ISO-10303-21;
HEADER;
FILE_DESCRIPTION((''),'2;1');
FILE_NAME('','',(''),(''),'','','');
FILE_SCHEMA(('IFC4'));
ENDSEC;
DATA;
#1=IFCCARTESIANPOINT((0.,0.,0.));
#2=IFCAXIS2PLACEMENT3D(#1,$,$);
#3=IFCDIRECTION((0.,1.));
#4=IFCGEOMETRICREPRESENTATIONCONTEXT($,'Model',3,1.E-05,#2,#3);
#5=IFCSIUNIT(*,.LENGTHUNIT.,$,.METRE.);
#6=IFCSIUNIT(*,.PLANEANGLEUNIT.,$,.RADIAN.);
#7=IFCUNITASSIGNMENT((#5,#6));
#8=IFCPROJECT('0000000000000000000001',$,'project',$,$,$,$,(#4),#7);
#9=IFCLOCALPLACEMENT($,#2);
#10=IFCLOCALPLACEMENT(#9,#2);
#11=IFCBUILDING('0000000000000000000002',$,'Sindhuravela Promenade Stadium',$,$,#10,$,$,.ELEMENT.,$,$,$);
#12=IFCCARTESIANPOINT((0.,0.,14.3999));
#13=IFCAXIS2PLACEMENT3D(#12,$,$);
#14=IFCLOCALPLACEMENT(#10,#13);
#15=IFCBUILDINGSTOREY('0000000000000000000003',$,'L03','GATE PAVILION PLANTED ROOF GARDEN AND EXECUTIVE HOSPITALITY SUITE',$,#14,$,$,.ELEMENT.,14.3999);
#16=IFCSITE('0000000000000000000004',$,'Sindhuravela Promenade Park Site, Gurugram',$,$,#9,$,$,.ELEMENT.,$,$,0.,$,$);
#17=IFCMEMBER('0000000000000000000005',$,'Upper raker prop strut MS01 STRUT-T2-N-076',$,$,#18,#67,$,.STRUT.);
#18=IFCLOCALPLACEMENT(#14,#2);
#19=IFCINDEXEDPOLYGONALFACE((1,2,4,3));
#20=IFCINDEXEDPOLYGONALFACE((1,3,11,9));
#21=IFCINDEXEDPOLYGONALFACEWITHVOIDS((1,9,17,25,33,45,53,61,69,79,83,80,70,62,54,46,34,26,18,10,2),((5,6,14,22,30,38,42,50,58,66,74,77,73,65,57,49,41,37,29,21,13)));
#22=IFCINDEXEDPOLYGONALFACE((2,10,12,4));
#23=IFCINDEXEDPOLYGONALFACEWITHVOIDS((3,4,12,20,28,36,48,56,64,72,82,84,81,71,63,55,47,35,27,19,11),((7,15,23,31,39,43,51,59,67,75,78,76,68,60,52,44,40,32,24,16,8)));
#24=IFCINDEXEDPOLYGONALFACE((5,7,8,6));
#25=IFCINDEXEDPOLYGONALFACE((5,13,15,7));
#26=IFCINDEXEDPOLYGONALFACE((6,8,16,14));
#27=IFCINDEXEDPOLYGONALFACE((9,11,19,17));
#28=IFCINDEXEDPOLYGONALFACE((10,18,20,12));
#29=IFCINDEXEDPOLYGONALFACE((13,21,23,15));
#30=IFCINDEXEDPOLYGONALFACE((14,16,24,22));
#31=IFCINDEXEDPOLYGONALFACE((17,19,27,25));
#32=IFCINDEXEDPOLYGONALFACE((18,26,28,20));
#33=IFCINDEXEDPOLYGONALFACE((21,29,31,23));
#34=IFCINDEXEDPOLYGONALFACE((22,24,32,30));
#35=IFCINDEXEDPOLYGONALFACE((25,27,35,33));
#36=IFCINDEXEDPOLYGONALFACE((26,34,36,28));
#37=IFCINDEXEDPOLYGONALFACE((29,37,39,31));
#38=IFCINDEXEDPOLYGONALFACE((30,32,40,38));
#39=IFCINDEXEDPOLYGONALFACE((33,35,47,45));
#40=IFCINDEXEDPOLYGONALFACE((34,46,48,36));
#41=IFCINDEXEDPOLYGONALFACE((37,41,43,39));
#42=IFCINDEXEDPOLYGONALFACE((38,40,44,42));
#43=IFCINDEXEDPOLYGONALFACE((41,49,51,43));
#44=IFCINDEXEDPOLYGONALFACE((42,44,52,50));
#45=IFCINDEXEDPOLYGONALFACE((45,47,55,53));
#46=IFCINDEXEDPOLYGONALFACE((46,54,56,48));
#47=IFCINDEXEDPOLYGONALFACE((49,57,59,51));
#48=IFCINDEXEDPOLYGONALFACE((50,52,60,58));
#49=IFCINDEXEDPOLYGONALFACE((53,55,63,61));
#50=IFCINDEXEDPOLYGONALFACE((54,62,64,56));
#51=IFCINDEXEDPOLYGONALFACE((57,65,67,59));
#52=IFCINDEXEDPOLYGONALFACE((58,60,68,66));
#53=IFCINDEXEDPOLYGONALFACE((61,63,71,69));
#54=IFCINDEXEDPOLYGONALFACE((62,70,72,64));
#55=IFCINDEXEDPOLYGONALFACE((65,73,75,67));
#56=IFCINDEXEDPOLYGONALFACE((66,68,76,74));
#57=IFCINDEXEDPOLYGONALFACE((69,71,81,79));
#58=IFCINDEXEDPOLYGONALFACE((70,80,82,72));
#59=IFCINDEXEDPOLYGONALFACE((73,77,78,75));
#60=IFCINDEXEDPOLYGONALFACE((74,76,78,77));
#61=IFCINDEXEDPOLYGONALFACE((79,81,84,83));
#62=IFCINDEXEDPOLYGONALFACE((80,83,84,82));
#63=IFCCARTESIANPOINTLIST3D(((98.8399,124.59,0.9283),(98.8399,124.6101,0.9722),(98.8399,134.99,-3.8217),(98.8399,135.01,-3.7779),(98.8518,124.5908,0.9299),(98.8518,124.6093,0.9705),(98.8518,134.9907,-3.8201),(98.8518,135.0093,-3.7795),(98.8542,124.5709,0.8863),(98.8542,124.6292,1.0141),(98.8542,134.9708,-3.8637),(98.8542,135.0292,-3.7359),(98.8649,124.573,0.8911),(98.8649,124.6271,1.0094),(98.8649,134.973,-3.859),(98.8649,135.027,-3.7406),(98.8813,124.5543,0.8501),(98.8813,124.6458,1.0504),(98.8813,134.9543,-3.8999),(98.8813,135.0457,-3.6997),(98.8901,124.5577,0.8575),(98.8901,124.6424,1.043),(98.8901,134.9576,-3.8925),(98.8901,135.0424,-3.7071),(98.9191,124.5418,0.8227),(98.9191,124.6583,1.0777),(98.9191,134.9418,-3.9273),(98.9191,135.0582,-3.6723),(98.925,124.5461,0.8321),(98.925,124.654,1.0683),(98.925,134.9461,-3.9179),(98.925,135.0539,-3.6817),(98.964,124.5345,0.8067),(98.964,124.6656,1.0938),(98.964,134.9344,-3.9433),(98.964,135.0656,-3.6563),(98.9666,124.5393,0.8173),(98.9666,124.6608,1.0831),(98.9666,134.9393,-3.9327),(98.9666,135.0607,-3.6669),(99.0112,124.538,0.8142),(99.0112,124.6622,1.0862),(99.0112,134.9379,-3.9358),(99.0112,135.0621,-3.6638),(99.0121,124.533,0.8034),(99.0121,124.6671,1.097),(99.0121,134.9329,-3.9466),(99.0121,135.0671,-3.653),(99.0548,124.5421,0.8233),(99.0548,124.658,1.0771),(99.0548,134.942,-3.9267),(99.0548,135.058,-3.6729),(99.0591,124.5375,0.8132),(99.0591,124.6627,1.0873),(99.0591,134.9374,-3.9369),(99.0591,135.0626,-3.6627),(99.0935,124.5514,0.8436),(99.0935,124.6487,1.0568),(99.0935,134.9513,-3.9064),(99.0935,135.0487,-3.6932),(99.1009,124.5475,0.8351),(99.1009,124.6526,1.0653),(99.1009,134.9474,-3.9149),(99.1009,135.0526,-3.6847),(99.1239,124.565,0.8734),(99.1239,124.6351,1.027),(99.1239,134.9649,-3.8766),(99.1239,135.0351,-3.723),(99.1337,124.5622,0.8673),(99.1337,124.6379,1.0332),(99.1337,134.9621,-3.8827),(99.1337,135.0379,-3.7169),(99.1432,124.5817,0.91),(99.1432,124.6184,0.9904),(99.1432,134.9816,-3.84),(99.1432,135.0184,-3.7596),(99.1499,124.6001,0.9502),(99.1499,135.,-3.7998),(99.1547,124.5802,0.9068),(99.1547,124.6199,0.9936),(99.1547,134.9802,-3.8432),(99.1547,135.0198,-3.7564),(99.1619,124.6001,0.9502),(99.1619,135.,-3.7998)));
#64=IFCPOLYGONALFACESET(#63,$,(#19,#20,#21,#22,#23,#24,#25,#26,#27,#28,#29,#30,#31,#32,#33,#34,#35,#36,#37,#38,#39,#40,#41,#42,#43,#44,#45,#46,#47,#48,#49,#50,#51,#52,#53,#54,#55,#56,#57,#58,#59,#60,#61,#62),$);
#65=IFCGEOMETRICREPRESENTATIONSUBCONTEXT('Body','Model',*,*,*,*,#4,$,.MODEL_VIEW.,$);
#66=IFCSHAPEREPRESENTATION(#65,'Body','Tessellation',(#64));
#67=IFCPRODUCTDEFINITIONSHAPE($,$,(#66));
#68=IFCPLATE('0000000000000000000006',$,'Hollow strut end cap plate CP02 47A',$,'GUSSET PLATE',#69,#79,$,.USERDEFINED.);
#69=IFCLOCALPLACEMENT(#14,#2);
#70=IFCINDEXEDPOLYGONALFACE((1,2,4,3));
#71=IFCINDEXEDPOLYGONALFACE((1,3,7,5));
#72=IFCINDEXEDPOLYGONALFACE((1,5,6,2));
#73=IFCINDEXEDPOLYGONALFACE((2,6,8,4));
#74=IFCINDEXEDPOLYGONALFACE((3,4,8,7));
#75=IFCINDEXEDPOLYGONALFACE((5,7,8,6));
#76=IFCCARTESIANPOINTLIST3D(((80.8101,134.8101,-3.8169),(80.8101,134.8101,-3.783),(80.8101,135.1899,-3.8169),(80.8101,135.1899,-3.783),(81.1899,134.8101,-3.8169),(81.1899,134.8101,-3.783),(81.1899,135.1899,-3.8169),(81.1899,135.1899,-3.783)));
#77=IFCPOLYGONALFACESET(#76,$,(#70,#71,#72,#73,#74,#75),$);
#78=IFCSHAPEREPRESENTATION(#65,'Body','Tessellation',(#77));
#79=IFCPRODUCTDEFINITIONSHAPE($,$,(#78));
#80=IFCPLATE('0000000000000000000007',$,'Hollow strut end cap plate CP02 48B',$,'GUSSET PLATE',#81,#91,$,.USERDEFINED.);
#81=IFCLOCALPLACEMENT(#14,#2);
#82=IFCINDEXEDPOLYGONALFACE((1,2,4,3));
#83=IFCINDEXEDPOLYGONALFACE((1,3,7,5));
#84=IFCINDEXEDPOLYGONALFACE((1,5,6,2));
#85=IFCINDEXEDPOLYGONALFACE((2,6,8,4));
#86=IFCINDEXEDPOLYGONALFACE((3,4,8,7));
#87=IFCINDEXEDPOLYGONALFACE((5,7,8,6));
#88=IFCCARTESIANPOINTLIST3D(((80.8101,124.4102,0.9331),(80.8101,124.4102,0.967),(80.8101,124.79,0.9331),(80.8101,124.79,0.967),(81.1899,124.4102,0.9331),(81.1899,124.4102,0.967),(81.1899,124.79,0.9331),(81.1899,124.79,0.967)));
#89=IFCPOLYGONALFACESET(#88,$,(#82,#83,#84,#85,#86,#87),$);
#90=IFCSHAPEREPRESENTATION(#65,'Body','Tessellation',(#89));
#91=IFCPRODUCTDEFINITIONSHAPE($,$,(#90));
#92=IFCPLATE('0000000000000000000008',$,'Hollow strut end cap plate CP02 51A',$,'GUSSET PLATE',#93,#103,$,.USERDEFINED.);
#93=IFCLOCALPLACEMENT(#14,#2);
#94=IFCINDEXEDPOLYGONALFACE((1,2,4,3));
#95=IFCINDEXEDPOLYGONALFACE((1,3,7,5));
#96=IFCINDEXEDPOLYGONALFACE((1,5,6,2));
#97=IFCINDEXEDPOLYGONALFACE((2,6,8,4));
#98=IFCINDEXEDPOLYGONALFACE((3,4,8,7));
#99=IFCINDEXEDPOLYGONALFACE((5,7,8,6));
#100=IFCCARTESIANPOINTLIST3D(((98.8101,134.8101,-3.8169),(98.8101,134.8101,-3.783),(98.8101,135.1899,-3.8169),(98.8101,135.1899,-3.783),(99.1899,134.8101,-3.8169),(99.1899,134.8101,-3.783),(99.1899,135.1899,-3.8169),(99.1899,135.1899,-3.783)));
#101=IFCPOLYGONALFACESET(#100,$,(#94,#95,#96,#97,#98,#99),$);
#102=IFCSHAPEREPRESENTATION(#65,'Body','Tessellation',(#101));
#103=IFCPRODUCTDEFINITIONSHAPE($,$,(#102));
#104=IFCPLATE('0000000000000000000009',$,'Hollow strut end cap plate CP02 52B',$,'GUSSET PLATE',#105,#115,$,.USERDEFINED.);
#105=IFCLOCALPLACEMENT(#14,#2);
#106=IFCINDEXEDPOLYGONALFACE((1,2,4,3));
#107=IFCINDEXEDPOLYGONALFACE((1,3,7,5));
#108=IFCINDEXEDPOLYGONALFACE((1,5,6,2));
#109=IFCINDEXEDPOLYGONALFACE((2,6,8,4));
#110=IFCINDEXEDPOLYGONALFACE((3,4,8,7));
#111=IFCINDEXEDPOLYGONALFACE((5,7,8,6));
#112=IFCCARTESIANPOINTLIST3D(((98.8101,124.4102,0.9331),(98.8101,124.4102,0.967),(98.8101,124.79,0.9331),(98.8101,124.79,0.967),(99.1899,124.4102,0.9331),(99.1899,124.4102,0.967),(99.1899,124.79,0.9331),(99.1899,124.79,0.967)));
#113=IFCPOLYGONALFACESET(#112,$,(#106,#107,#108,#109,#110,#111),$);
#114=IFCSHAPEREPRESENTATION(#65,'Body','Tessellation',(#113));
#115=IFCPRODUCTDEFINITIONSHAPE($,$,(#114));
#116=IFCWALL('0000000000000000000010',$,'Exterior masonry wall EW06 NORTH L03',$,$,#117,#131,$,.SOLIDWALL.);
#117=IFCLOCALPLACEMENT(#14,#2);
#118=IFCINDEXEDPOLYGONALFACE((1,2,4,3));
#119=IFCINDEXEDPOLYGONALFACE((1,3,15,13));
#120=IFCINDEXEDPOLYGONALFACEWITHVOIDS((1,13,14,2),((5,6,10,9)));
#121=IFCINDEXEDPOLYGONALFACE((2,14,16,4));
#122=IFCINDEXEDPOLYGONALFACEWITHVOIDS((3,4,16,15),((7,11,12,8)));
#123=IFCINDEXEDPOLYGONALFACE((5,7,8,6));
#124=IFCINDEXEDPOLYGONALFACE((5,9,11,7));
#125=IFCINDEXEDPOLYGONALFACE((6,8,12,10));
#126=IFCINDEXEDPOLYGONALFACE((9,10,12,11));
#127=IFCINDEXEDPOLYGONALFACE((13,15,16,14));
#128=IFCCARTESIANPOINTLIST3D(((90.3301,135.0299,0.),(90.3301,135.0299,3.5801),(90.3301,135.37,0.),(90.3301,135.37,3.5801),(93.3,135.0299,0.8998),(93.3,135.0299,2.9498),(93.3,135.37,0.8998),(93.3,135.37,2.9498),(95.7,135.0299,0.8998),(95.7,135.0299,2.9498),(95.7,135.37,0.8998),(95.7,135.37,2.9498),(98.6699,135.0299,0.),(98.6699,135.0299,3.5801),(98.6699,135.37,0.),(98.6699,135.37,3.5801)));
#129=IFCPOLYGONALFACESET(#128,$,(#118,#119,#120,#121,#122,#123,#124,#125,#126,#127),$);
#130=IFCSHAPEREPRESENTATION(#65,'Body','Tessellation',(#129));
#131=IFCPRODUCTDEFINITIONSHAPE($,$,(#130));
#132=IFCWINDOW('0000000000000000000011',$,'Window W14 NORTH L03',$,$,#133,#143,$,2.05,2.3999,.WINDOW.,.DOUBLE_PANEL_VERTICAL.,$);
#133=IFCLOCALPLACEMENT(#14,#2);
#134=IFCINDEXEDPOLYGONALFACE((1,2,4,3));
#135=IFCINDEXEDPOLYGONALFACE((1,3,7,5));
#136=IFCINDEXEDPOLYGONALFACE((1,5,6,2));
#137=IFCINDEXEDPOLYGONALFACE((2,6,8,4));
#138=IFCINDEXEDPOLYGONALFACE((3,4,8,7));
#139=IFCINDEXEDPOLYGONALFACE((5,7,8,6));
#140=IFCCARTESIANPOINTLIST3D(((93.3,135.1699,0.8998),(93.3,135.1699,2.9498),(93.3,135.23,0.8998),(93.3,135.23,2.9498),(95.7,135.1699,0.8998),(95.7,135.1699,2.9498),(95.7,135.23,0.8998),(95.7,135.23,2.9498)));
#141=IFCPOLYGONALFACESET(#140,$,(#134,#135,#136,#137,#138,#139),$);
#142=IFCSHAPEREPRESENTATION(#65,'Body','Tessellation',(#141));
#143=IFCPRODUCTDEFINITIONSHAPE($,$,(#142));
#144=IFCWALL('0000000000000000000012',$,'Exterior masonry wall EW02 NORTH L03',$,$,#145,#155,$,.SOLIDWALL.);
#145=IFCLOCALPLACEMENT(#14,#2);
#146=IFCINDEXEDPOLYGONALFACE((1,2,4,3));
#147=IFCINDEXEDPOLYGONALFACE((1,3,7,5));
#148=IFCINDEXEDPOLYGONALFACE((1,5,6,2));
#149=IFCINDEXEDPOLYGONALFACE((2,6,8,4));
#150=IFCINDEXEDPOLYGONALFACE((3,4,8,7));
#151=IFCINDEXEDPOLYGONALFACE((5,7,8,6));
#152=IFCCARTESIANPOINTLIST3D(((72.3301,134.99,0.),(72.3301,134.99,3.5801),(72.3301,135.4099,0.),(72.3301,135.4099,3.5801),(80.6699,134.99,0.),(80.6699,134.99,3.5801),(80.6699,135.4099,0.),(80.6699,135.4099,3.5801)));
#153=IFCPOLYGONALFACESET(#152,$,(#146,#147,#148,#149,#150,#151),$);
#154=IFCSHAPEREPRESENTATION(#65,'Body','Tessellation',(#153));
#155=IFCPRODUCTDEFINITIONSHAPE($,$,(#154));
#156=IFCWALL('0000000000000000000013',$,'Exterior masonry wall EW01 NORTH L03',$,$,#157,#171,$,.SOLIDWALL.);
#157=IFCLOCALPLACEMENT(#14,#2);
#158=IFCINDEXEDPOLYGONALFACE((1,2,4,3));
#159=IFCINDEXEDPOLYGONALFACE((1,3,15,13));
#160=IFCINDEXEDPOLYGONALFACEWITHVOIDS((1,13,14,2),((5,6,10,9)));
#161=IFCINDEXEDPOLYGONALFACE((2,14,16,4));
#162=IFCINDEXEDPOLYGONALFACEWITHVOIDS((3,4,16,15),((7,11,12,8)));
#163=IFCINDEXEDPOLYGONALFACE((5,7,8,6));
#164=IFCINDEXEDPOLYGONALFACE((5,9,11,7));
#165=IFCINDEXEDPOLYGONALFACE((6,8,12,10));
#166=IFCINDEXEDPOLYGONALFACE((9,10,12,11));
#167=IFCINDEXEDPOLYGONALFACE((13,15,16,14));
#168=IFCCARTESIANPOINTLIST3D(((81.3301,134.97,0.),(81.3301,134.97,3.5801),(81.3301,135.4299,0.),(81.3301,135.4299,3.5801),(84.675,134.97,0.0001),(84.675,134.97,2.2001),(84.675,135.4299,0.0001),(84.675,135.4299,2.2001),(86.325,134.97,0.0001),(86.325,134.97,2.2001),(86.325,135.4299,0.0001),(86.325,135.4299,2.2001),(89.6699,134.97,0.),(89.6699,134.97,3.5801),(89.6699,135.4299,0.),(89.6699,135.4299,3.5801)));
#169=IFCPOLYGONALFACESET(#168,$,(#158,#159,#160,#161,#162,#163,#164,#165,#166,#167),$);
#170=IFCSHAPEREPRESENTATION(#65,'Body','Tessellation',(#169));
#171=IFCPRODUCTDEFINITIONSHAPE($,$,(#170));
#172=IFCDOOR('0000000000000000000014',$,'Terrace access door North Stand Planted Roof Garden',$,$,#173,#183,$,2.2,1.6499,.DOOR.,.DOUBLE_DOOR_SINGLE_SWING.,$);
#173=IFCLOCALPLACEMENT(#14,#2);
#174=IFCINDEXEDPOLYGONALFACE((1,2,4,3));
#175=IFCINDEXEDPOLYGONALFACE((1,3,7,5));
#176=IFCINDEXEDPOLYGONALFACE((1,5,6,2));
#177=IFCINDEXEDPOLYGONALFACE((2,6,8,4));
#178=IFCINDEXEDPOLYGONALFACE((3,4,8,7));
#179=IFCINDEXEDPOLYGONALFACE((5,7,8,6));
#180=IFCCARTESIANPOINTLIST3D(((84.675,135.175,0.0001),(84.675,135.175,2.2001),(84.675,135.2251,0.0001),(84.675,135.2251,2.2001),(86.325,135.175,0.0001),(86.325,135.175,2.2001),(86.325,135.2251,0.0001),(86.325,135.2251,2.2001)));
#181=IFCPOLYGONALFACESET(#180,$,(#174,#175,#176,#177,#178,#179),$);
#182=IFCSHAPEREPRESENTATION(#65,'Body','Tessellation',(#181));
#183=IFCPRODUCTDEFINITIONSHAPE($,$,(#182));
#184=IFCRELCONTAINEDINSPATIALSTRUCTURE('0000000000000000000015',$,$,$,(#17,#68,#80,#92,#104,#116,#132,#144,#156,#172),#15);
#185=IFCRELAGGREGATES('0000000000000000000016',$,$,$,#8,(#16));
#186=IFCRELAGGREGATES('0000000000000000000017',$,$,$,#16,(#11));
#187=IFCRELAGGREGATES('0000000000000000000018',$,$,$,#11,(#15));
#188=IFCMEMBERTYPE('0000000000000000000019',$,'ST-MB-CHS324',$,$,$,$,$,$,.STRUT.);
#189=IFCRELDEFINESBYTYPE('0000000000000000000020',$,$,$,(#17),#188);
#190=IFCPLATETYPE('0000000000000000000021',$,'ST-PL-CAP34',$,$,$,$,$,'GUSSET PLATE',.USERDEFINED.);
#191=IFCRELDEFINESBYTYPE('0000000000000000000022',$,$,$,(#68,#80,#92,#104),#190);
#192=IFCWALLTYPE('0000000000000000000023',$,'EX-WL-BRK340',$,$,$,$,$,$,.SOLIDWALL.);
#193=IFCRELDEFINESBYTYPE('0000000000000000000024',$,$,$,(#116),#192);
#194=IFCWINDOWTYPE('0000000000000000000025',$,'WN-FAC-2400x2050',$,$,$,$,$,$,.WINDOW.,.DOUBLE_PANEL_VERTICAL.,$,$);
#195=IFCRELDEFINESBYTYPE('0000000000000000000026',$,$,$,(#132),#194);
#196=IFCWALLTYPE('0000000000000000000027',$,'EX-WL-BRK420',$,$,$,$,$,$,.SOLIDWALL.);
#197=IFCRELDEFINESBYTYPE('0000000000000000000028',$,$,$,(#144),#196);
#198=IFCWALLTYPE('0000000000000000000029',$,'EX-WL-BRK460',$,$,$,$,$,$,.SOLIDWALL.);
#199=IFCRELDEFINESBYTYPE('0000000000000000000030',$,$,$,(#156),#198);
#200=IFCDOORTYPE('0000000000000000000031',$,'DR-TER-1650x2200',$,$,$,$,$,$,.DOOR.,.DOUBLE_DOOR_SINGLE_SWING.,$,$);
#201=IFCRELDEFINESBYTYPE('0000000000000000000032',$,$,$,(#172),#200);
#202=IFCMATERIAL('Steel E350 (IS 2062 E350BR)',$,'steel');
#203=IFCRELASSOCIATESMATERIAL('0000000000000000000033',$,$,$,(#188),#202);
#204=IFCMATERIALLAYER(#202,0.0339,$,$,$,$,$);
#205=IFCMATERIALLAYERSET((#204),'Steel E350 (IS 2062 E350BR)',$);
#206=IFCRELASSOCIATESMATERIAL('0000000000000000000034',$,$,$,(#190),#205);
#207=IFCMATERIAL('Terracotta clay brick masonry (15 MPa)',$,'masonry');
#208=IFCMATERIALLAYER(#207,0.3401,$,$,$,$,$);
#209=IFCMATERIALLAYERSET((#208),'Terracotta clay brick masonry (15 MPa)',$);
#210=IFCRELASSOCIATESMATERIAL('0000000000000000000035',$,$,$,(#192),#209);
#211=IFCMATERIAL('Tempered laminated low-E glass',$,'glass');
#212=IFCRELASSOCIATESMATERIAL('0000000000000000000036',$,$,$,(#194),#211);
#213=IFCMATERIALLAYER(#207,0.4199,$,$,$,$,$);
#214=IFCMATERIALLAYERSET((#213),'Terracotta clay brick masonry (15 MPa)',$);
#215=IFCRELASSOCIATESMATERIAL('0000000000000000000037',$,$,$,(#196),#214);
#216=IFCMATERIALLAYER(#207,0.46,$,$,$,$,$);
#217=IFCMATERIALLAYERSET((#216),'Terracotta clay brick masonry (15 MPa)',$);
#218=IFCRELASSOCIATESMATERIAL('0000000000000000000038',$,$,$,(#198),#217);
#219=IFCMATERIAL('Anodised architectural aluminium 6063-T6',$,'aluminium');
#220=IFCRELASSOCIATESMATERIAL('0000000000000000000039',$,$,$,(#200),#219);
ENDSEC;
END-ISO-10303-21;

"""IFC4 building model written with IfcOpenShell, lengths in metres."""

from ifc_helpers import new_model, si_unit, direction, frame, frame_2d, origin, origin_2d, place, context, subcontext, project, spatial, rectangle, hollow_circle, extrude, material, layer, layer_set, material_profile, profile_set, type_object, element, fill, save


model = new_model("IFC4")

# Units and contexts
model_context = context("Model", 3, precision=1e-05, world=origin(), true_north=direction((0.0, 1.0)))
body_context = subcontext(model_context, "Body", "Model", "MODEL_VIEW")
ifc_project = project(units=[si_unit("LENGTHUNIT", "METRE"), si_unit("PLANEANGLEUNIT", "RADIAN")], contexts=[model_context])

# Site, building, storey
site_placement = place(None, origin())
site = spatial("IfcSite", under=ifc_project, at=site_placement, Name="Sindhuravela Promenade Park Site, Gurugram", CompositionType="ELEMENT", RefElevation=0.0)
building_placement = place(site_placement, origin())
building = spatial("IfcBuilding", under=site, at=building_placement, Name="Sindhuravela Promenade Stadium", CompositionType="ELEMENT")
storey_placement = place(building_placement, frame((0.0, 0.0, 14.3999)))
storey = spatial("IfcBuildingStorey", under=building, at=storey_placement, Name="L03", Description="GATE PAVILION PLANTED ROOF GARDEN AND EXECUTIVE HOSPITALITY SUITE", CompositionType="ELEMENT", Elevation=14.3999)

# Shared definitions
ifc_material_1 = material(Name="Steel E350 (IS 2062 E350BR)", Category="steel")

# Member
ifc_material_profile_1 = material_profile(ifc_material_1, hollow_circle(Radius=0.1619, WallThickness=0.012, at=origin_2d()), Name="CHS 323.9x12")
ifc_profile_set_1 = profile_set([ifc_material_profile_1], Name="Steel E350 (IS 2062 E350BR)")
member_type = type_object("IfcMemberType", Name="ST-MB-CHS324", PredefinedType="STRUT", material=ifc_profile_set_1)
for number, where, z_axis, x_axis, name in (
    (1, (99.0, 135.0, -3.7998), (0.0, -0.909615, 0.415453), (1.0, 0.0, 0.0), "Upper raker prop strut MS01 STRUT-T2-N-076"),
):
    element("IfcMember", number, at=place(storey_placement, frame(where, z_axis=z_axis, x_axis=x_axis)), inside=storey, type_object=member_type, Name=name, PredefinedType="STRUT", context=body_context, shape_type="SweptSolid", body=[
        extrude(hollow_circle(Radius=0.1619, WallThickness=0.012, at=origin_2d()), origin(), (0.0, 0.0, 1.0), 11.4333),
    ])

# Plates
ifc_layer_1 = layer(ifc_material_1, 0.0339)
ifc_layer_set_1 = layer_set([ifc_layer_1], Name="Steel E350 (IS 2062 E350BR)")
plate_type = type_object("IfcPlateType", Name="ST-PL-CAP34", ElementType="GUSSET PLATE", PredefinedType="USERDEFINED", material=ifc_layer_set_1)
for number, where, z_axis, x_axis, name in (
    (2, (81.0, 135.0, -3.8169), (0.0, 0.0, 1.0), (1.0, 0.0, 0.0), "Hollow strut end cap plate CP02 47A"),
    (3, (81.0, 124.6001, 0.9331), (0.0, 0.0, 1.0), (1.0, 0.0, 0.0), "Hollow strut end cap plate CP02 48B"),
    (4, (99.0, 135.0, -3.8169), (0.0, 0.0, 1.0), (1.0, 0.0, 0.0), "Hollow strut end cap plate CP02 51A"),
    (5, (99.0, 124.6001, 0.9331), (0.0, 0.0, 1.0), (1.0, 0.0, 0.0), "Hollow strut end cap plate CP02 52B"),
):
    element("IfcPlate", number, at=place(storey_placement, frame(where, z_axis=z_axis, x_axis=x_axis)), inside=storey, type_object=plate_type, Name=name, ObjectType="GUSSET PLATE", PredefinedType="USERDEFINED", context=body_context, shape_type="SweptSolid", body=[
        extrude(rectangle(XDim=0.3799, YDim=0.3799, at=origin_2d()), origin(), (0.0, 0.0, 1.0), 0.0339),
    ])

# Wall, opening, window
ifc_material_2 = material(Name="Terracotta clay brick masonry (15 MPa)", Category="masonry")
ifc_layer_2 = layer(ifc_material_2, 0.3401)
ifc_layer_set_2 = layer_set([ifc_layer_2], Name="Terracotta clay brick masonry (15 MPa)")
wall_type_1 = type_object("IfcWallType", Name="EX-WL-BRK340", PredefinedType="SOLIDWALL", material=ifc_layer_set_2)
wall_1_placement = place(storey_placement, frame((98.6699, 135.2, 0.0), z_axis=(0.0, 0.0, 1.0), x_axis=(-1.0, 0.0, 0.0)))
wall_1 = element("IfcWall", 6, at=wall_1_placement, inside=storey, type_object=wall_type_1, Name="Exterior masonry wall EW06 NORTH L03", PredefinedType="SOLIDWALL", context=body_context, shape_type="SweptSolid", body=[
    extrude(rectangle(XDim=8.3398, YDim=0.3401, at=frame_2d((4.1699, 0.0))), origin(), (0.0, 0.0, 1.0), 3.5801),
])
opening_1_placement = place(wall_1_placement, frame((2.97, 0.0, 0.8999)))
opening_1 = element("IfcOpeningElement", 7, at=opening_1_placement, cuts=wall_1, PredefinedType="OPENING", context=body_context, shape_type="SweptSolid", body=[
    extrude(rectangle(XDim=2.3999, YDim=2.05, at=frame_2d((1.2, 1.0249))), frame((0.0, 0.1799, 0.0), z_axis=(0.0, -1.0, 0.0), x_axis=(1.0, 0.0, 0.0)), (0.0, 0.0, 1.0), 0.3601),
])
ifc_material_3 = material(Name="Tempered laminated low-E glass", Category="glass")
window_type = type_object("IfcWindowType", Name="WN-FAC-2400x2050", PartitioningType="DOUBLE_PANEL_VERTICAL", PredefinedType="WINDOW", material=ifc_material_3)
window_placement = place(opening_1_placement, origin())
window = element("IfcWindow", 8, at=window_placement, inside=storey, type_object=window_type, Name="Window W14 NORTH L03", OverallHeight=2.05, OverallWidth=2.3999, PartitioningType="DOUBLE_PANEL_VERTICAL", PredefinedType="WINDOW", context=body_context, shape_type="SweptSolid", body=[
    extrude(rectangle(XDim=2.3999, YDim=2.05, at=frame_2d((1.2, 1.0249))), frame((0.0, 0.03, 0.0), z_axis=(0.0, -1.0, 0.0), x_axis=(1.0, 0.0, 0.0)), (0.0, 0.0, 1.0), 0.0601),
])
fill(opening_1, window)

# Wall
ifc_layer_3 = layer(ifc_material_2, 0.4199)
ifc_layer_set_3 = layer_set([ifc_layer_3], Name="Terracotta clay brick masonry (15 MPa)")
wall_type_2 = type_object("IfcWallType", Name="EX-WL-BRK420", PredefinedType="SOLIDWALL", material=ifc_layer_set_3)
wall_2_placement = place(storey_placement, frame((80.6699, 135.2, 0.0), z_axis=(0.0, 0.0, 1.0), x_axis=(-1.0, 0.0, 0.0)))
element("IfcWall", 9, at=wall_2_placement, inside=storey, type_object=wall_type_2, Name="Exterior masonry wall EW02 NORTH L03", PredefinedType="SOLIDWALL", context=body_context, shape_type="SweptSolid", body=[
    extrude(rectangle(XDim=8.3398, YDim=0.4199, at=frame_2d((4.1699, 0.0))), origin(), (0.0, 0.0, 1.0), 3.5801),
])

# Wall, opening, door
ifc_layer_4 = layer(ifc_material_2, 0.46)
ifc_layer_set_4 = layer_set([ifc_layer_4], Name="Terracotta clay brick masonry (15 MPa)")
wall_type_3 = type_object("IfcWallType", Name="EX-WL-BRK460", PredefinedType="SOLIDWALL", material=ifc_layer_set_4)
wall_3_placement = place(storey_placement, frame((89.6699, 135.2, 0.0), z_axis=(0.0, 0.0, 1.0), x_axis=(-1.0, 0.0, 0.0)))
wall_3 = element("IfcWall", 10, at=wall_3_placement, inside=storey, type_object=wall_type_3, Name="Exterior masonry wall EW01 NORTH L03", PredefinedType="SOLIDWALL", context=body_context, shape_type="SweptSolid", body=[
    extrude(rectangle(XDim=8.3398, YDim=0.46, at=frame_2d((4.1699, 0.0))), origin(), (0.0, 0.0, 1.0), 3.5801),
])
opening_2_placement = place(wall_3_placement, frame((3.345, 0.0, 0.0)))
opening_2 = element("IfcOpeningElement", 11, at=opening_2_placement, cuts=wall_3, PredefinedType="OPENING", context=body_context, shape_type="SweptSolid", body=[
    extrude(rectangle(XDim=1.6499, YDim=2.2, at=frame_2d((0.825, 1.1001))), frame((0.0, 0.24, 0.0), z_axis=(0.0, -1.0, 0.0), x_axis=(1.0, 0.0, 0.0)), (0.0, 0.0, 1.0), 0.48),
])
ifc_material_4 = material(Name="Anodised architectural aluminium 6063-T6", Category="aluminium")
door_type = type_object("IfcDoorType", Name="DR-TER-1650x2200", OperationType="DOUBLE_DOOR_SINGLE_SWING", PredefinedType="DOOR", material=ifc_material_4)
door_placement = place(opening_2_placement, origin())
door = element("IfcDoor", 12, at=door_placement, inside=storey, type_object=door_type, Name="Terrace access door North Stand Planted Roof Garden", OperationType="DOUBLE_DOOR_SINGLE_SWING", OverallHeight=2.2, OverallWidth=1.6499, PredefinedType="DOOR", context=body_context, shape_type="SweptSolid", body=[
    extrude(rectangle(XDim=1.6499, YDim=2.2, at=frame_2d((0.825, 1.1001))), frame((0.0, 0.0249, 0.0), z_axis=(0.0, -1.0, 0.0), x_axis=(1.0, 0.0, 0.0)), (0.0, 0.0, 1.0), 0.05),
])
fill(opening_2, door)

save(model, "model.ifc")
